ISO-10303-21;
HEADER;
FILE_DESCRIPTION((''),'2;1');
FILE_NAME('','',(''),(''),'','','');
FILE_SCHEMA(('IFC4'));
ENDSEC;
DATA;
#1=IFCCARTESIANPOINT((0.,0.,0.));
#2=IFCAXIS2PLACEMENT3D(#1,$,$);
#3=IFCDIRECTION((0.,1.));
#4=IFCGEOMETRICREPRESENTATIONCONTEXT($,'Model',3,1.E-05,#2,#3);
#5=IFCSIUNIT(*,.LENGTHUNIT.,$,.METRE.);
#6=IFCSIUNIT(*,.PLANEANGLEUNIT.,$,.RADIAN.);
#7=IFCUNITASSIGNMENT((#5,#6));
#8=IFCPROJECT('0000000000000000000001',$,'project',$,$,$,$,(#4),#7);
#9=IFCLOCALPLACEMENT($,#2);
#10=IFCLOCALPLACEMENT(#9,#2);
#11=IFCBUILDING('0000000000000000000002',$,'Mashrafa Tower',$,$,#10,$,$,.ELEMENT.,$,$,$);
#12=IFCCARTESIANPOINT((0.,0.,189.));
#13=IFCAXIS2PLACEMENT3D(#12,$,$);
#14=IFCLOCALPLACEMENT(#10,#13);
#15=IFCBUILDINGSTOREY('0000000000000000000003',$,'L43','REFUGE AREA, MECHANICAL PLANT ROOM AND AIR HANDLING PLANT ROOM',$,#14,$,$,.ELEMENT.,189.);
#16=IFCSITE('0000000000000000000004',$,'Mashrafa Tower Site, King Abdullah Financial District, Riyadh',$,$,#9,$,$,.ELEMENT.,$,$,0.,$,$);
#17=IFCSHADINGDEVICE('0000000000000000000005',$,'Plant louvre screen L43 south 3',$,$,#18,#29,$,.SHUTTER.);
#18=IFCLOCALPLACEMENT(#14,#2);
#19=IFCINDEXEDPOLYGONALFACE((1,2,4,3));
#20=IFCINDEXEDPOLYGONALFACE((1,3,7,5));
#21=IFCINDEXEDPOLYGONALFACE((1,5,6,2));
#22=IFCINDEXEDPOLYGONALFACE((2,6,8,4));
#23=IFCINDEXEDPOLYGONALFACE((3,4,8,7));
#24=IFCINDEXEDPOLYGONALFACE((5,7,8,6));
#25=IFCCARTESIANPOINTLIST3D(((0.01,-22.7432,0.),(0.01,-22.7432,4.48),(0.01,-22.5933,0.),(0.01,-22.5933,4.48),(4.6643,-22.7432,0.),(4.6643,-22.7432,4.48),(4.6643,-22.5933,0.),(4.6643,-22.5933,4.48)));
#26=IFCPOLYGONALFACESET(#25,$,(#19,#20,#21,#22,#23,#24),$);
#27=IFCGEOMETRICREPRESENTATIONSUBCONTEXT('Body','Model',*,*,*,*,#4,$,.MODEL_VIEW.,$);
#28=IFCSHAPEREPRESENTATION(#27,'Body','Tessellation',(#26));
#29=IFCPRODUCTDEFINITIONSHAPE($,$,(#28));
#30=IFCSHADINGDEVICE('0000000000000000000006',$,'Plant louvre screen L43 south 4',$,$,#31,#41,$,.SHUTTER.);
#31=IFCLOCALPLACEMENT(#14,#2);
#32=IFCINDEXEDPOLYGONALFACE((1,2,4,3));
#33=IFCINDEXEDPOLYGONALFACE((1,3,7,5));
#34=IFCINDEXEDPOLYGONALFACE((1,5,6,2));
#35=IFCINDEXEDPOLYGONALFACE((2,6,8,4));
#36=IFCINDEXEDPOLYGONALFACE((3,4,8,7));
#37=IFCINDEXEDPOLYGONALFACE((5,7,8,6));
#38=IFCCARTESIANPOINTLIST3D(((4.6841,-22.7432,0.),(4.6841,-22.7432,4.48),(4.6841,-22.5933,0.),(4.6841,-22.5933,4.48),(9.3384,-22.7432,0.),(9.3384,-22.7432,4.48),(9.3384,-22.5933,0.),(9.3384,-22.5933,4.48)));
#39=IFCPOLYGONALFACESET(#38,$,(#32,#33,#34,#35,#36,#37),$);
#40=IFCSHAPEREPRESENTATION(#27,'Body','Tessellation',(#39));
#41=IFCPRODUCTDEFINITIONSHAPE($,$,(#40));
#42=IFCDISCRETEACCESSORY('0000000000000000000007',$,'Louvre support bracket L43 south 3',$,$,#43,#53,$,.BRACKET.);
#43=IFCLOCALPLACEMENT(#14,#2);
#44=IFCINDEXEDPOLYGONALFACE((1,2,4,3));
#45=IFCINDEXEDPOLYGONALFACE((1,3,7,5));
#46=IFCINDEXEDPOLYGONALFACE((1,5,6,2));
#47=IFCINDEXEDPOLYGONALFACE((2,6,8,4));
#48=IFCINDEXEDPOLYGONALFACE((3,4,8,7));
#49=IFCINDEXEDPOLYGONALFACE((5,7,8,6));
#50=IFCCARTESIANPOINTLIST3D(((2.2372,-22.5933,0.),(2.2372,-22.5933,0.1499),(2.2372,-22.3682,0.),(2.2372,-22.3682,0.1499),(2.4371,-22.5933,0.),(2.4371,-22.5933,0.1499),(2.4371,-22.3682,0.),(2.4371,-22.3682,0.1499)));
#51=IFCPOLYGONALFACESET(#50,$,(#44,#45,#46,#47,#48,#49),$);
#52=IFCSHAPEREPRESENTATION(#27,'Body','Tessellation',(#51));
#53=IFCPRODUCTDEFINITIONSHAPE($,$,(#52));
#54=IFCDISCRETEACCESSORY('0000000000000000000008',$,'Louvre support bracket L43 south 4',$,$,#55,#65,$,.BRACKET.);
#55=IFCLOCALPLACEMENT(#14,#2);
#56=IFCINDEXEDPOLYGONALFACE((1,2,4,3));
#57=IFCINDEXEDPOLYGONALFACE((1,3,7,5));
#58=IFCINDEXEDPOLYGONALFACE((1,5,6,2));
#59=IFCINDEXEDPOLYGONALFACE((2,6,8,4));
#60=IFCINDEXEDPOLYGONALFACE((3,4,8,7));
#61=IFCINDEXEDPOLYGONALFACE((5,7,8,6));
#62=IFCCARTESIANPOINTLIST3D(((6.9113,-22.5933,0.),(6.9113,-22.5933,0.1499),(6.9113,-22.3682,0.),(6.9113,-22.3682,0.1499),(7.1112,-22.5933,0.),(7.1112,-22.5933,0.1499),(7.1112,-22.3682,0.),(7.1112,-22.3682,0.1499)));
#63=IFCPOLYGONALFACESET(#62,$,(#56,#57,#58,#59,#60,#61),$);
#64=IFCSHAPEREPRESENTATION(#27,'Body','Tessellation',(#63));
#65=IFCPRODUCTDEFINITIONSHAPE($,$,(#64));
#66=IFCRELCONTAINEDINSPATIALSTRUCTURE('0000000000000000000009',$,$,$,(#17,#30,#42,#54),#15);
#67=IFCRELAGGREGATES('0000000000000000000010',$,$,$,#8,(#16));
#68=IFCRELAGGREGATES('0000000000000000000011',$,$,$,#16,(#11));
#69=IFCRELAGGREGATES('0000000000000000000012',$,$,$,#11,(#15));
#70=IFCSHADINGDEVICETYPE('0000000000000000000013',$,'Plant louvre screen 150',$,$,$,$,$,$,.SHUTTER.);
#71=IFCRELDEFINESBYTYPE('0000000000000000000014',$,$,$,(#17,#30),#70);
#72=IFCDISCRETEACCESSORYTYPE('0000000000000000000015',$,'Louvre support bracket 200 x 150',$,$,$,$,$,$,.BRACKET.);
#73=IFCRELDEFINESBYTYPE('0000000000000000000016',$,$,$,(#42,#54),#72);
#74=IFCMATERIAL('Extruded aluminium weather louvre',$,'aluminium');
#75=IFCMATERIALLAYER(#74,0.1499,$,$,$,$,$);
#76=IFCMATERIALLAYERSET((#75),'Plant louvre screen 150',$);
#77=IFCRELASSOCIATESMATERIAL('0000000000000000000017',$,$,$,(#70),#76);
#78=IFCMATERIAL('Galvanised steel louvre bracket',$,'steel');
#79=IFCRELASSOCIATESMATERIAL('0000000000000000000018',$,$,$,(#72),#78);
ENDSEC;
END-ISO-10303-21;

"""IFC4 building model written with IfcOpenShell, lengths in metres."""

from ifc_helpers import new_model, si_unit, direction, frame, origin, origin_2d, place, context, subcontext, project, spatial, rectangle, extrude, source, transform, mapped, material, layer, layer_set, type_object, type_shapes, element, save


model = new_model("IFC4")

# Units and contexts
model_context = context("Model", 3, precision=1e-05, world=origin(), true_north=direction((0.0, 1.0)))
body_context = subcontext(model_context, "Body", "Model", "MODEL_VIEW")
ifc_project = project(units=[si_unit("LENGTHUNIT", "METRE"), si_unit("PLANEANGLEUNIT", "RADIAN")], contexts=[model_context])

# Site, building, storey
site_placement = place(None, origin())
site = spatial("IfcSite", under=ifc_project, at=site_placement, Name="Mashrafa Tower Site, King Abdullah Financial District, Riyadh", CompositionType="ELEMENT", RefElevation=0.0)
building_placement = place(site_placement, origin())
building = spatial("IfcBuilding", under=site, at=building_placement, Name="Mashrafa Tower", CompositionType="ELEMENT")
storey_placement = place(building_placement, frame((0.0, 0.0, 189.0)))
storey = spatial("IfcBuildingStorey", under=building, at=storey_placement, Name="L43", Description="REFUGE AREA, MECHANICAL PLANT ROOM AND AIR HANDLING PLANT ROOM", CompositionType="ELEMENT", Elevation=189.0)

# Shading devices
ifc_material_1 = material(Name="Extruded aluminium weather louvre", Category="aluminium")
ifc_layer_1 = layer(ifc_material_1, 0.1499)
ifc_layer_set_1 = layer_set([ifc_layer_1], Name="Plant louvre screen 150")
shading_device_type = type_object("IfcShadingDeviceType", Name="Plant louvre screen 150", PredefinedType="SHUTTER", material=ifc_layer_set_1)
shared_shape_1 = source(origin(), body_context, "Body", "SweptSolid", [
    extrude(rectangle(XDim=4.6543, YDim=0.1499, at=origin_2d()), origin(), (0.0, 0.0, 1.0), 4.48),
])
type_shapes(shading_device_type, [shared_shape_1])
for number, where, z_axis, x_axis, name in (
    (1, (2.3372, -22.6682, 0.0), (0.0, 0.0, 1.0), (1.0, 0.0, 0.0), "Plant louvre screen L43 south 3"),
    (2, (7.0112, -22.6682, 0.0), (0.0, 0.0, 1.0), (1.0, 0.0, 0.0), "Plant louvre screen L43 south 4"),
):
    element("IfcShadingDevice", number, at=place(storey_placement, frame(where, z_axis=z_axis, x_axis=x_axis)), inside=storey, type_object=shading_device_type, Name=name, PredefinedType="SHUTTER", context=body_context, shape_type="MappedRepresentation", body=[
        mapped(shared_shape_1, transform((0.0, 0.0, 0.0))),
    ])

# Discrete accessories
ifc_material_2 = material(Name="Galvanised steel louvre bracket", Category="steel")
discrete_accessory_type = type_object("IfcDiscreteAccessoryType", Name="Louvre support bracket 200 x 150", PredefinedType="BRACKET", material=ifc_material_2)
shared_shape_2 = source(origin(), body_context, "Body", "SweptSolid", [
    extrude(rectangle(XDim=0.2, YDim=0.2251, at=origin_2d()), origin(), (0.0, 0.0, 1.0), 0.1499),
])
type_shapes(discrete_accessory_type, [shared_shape_2])
for number, where, z_axis, x_axis, name in (
    (3, (2.3372, -22.4807, 0.0), (0.0, 0.0, 1.0), (1.0, 0.0, 0.0), "Louvre support bracket L43 south 3"),
    (4, (7.0112, -22.4807, 0.0), (0.0, 0.0, 1.0), (1.0, 0.0, 0.0), "Louvre support bracket L43 south 4"),
):
    element("IfcDiscreteAccessory", number, at=place(storey_placement, frame(where, z_axis=z_axis, x_axis=x_axis)), inside=storey, type_object=discrete_accessory_type, Name=name, PredefinedType="BRACKET", context=body_context, shape_type="MappedRepresentation", body=[
        mapped(shared_shape_2, transform((0.0, 0.0, 0.0))),
    ])

save(model, "model.ifc")
